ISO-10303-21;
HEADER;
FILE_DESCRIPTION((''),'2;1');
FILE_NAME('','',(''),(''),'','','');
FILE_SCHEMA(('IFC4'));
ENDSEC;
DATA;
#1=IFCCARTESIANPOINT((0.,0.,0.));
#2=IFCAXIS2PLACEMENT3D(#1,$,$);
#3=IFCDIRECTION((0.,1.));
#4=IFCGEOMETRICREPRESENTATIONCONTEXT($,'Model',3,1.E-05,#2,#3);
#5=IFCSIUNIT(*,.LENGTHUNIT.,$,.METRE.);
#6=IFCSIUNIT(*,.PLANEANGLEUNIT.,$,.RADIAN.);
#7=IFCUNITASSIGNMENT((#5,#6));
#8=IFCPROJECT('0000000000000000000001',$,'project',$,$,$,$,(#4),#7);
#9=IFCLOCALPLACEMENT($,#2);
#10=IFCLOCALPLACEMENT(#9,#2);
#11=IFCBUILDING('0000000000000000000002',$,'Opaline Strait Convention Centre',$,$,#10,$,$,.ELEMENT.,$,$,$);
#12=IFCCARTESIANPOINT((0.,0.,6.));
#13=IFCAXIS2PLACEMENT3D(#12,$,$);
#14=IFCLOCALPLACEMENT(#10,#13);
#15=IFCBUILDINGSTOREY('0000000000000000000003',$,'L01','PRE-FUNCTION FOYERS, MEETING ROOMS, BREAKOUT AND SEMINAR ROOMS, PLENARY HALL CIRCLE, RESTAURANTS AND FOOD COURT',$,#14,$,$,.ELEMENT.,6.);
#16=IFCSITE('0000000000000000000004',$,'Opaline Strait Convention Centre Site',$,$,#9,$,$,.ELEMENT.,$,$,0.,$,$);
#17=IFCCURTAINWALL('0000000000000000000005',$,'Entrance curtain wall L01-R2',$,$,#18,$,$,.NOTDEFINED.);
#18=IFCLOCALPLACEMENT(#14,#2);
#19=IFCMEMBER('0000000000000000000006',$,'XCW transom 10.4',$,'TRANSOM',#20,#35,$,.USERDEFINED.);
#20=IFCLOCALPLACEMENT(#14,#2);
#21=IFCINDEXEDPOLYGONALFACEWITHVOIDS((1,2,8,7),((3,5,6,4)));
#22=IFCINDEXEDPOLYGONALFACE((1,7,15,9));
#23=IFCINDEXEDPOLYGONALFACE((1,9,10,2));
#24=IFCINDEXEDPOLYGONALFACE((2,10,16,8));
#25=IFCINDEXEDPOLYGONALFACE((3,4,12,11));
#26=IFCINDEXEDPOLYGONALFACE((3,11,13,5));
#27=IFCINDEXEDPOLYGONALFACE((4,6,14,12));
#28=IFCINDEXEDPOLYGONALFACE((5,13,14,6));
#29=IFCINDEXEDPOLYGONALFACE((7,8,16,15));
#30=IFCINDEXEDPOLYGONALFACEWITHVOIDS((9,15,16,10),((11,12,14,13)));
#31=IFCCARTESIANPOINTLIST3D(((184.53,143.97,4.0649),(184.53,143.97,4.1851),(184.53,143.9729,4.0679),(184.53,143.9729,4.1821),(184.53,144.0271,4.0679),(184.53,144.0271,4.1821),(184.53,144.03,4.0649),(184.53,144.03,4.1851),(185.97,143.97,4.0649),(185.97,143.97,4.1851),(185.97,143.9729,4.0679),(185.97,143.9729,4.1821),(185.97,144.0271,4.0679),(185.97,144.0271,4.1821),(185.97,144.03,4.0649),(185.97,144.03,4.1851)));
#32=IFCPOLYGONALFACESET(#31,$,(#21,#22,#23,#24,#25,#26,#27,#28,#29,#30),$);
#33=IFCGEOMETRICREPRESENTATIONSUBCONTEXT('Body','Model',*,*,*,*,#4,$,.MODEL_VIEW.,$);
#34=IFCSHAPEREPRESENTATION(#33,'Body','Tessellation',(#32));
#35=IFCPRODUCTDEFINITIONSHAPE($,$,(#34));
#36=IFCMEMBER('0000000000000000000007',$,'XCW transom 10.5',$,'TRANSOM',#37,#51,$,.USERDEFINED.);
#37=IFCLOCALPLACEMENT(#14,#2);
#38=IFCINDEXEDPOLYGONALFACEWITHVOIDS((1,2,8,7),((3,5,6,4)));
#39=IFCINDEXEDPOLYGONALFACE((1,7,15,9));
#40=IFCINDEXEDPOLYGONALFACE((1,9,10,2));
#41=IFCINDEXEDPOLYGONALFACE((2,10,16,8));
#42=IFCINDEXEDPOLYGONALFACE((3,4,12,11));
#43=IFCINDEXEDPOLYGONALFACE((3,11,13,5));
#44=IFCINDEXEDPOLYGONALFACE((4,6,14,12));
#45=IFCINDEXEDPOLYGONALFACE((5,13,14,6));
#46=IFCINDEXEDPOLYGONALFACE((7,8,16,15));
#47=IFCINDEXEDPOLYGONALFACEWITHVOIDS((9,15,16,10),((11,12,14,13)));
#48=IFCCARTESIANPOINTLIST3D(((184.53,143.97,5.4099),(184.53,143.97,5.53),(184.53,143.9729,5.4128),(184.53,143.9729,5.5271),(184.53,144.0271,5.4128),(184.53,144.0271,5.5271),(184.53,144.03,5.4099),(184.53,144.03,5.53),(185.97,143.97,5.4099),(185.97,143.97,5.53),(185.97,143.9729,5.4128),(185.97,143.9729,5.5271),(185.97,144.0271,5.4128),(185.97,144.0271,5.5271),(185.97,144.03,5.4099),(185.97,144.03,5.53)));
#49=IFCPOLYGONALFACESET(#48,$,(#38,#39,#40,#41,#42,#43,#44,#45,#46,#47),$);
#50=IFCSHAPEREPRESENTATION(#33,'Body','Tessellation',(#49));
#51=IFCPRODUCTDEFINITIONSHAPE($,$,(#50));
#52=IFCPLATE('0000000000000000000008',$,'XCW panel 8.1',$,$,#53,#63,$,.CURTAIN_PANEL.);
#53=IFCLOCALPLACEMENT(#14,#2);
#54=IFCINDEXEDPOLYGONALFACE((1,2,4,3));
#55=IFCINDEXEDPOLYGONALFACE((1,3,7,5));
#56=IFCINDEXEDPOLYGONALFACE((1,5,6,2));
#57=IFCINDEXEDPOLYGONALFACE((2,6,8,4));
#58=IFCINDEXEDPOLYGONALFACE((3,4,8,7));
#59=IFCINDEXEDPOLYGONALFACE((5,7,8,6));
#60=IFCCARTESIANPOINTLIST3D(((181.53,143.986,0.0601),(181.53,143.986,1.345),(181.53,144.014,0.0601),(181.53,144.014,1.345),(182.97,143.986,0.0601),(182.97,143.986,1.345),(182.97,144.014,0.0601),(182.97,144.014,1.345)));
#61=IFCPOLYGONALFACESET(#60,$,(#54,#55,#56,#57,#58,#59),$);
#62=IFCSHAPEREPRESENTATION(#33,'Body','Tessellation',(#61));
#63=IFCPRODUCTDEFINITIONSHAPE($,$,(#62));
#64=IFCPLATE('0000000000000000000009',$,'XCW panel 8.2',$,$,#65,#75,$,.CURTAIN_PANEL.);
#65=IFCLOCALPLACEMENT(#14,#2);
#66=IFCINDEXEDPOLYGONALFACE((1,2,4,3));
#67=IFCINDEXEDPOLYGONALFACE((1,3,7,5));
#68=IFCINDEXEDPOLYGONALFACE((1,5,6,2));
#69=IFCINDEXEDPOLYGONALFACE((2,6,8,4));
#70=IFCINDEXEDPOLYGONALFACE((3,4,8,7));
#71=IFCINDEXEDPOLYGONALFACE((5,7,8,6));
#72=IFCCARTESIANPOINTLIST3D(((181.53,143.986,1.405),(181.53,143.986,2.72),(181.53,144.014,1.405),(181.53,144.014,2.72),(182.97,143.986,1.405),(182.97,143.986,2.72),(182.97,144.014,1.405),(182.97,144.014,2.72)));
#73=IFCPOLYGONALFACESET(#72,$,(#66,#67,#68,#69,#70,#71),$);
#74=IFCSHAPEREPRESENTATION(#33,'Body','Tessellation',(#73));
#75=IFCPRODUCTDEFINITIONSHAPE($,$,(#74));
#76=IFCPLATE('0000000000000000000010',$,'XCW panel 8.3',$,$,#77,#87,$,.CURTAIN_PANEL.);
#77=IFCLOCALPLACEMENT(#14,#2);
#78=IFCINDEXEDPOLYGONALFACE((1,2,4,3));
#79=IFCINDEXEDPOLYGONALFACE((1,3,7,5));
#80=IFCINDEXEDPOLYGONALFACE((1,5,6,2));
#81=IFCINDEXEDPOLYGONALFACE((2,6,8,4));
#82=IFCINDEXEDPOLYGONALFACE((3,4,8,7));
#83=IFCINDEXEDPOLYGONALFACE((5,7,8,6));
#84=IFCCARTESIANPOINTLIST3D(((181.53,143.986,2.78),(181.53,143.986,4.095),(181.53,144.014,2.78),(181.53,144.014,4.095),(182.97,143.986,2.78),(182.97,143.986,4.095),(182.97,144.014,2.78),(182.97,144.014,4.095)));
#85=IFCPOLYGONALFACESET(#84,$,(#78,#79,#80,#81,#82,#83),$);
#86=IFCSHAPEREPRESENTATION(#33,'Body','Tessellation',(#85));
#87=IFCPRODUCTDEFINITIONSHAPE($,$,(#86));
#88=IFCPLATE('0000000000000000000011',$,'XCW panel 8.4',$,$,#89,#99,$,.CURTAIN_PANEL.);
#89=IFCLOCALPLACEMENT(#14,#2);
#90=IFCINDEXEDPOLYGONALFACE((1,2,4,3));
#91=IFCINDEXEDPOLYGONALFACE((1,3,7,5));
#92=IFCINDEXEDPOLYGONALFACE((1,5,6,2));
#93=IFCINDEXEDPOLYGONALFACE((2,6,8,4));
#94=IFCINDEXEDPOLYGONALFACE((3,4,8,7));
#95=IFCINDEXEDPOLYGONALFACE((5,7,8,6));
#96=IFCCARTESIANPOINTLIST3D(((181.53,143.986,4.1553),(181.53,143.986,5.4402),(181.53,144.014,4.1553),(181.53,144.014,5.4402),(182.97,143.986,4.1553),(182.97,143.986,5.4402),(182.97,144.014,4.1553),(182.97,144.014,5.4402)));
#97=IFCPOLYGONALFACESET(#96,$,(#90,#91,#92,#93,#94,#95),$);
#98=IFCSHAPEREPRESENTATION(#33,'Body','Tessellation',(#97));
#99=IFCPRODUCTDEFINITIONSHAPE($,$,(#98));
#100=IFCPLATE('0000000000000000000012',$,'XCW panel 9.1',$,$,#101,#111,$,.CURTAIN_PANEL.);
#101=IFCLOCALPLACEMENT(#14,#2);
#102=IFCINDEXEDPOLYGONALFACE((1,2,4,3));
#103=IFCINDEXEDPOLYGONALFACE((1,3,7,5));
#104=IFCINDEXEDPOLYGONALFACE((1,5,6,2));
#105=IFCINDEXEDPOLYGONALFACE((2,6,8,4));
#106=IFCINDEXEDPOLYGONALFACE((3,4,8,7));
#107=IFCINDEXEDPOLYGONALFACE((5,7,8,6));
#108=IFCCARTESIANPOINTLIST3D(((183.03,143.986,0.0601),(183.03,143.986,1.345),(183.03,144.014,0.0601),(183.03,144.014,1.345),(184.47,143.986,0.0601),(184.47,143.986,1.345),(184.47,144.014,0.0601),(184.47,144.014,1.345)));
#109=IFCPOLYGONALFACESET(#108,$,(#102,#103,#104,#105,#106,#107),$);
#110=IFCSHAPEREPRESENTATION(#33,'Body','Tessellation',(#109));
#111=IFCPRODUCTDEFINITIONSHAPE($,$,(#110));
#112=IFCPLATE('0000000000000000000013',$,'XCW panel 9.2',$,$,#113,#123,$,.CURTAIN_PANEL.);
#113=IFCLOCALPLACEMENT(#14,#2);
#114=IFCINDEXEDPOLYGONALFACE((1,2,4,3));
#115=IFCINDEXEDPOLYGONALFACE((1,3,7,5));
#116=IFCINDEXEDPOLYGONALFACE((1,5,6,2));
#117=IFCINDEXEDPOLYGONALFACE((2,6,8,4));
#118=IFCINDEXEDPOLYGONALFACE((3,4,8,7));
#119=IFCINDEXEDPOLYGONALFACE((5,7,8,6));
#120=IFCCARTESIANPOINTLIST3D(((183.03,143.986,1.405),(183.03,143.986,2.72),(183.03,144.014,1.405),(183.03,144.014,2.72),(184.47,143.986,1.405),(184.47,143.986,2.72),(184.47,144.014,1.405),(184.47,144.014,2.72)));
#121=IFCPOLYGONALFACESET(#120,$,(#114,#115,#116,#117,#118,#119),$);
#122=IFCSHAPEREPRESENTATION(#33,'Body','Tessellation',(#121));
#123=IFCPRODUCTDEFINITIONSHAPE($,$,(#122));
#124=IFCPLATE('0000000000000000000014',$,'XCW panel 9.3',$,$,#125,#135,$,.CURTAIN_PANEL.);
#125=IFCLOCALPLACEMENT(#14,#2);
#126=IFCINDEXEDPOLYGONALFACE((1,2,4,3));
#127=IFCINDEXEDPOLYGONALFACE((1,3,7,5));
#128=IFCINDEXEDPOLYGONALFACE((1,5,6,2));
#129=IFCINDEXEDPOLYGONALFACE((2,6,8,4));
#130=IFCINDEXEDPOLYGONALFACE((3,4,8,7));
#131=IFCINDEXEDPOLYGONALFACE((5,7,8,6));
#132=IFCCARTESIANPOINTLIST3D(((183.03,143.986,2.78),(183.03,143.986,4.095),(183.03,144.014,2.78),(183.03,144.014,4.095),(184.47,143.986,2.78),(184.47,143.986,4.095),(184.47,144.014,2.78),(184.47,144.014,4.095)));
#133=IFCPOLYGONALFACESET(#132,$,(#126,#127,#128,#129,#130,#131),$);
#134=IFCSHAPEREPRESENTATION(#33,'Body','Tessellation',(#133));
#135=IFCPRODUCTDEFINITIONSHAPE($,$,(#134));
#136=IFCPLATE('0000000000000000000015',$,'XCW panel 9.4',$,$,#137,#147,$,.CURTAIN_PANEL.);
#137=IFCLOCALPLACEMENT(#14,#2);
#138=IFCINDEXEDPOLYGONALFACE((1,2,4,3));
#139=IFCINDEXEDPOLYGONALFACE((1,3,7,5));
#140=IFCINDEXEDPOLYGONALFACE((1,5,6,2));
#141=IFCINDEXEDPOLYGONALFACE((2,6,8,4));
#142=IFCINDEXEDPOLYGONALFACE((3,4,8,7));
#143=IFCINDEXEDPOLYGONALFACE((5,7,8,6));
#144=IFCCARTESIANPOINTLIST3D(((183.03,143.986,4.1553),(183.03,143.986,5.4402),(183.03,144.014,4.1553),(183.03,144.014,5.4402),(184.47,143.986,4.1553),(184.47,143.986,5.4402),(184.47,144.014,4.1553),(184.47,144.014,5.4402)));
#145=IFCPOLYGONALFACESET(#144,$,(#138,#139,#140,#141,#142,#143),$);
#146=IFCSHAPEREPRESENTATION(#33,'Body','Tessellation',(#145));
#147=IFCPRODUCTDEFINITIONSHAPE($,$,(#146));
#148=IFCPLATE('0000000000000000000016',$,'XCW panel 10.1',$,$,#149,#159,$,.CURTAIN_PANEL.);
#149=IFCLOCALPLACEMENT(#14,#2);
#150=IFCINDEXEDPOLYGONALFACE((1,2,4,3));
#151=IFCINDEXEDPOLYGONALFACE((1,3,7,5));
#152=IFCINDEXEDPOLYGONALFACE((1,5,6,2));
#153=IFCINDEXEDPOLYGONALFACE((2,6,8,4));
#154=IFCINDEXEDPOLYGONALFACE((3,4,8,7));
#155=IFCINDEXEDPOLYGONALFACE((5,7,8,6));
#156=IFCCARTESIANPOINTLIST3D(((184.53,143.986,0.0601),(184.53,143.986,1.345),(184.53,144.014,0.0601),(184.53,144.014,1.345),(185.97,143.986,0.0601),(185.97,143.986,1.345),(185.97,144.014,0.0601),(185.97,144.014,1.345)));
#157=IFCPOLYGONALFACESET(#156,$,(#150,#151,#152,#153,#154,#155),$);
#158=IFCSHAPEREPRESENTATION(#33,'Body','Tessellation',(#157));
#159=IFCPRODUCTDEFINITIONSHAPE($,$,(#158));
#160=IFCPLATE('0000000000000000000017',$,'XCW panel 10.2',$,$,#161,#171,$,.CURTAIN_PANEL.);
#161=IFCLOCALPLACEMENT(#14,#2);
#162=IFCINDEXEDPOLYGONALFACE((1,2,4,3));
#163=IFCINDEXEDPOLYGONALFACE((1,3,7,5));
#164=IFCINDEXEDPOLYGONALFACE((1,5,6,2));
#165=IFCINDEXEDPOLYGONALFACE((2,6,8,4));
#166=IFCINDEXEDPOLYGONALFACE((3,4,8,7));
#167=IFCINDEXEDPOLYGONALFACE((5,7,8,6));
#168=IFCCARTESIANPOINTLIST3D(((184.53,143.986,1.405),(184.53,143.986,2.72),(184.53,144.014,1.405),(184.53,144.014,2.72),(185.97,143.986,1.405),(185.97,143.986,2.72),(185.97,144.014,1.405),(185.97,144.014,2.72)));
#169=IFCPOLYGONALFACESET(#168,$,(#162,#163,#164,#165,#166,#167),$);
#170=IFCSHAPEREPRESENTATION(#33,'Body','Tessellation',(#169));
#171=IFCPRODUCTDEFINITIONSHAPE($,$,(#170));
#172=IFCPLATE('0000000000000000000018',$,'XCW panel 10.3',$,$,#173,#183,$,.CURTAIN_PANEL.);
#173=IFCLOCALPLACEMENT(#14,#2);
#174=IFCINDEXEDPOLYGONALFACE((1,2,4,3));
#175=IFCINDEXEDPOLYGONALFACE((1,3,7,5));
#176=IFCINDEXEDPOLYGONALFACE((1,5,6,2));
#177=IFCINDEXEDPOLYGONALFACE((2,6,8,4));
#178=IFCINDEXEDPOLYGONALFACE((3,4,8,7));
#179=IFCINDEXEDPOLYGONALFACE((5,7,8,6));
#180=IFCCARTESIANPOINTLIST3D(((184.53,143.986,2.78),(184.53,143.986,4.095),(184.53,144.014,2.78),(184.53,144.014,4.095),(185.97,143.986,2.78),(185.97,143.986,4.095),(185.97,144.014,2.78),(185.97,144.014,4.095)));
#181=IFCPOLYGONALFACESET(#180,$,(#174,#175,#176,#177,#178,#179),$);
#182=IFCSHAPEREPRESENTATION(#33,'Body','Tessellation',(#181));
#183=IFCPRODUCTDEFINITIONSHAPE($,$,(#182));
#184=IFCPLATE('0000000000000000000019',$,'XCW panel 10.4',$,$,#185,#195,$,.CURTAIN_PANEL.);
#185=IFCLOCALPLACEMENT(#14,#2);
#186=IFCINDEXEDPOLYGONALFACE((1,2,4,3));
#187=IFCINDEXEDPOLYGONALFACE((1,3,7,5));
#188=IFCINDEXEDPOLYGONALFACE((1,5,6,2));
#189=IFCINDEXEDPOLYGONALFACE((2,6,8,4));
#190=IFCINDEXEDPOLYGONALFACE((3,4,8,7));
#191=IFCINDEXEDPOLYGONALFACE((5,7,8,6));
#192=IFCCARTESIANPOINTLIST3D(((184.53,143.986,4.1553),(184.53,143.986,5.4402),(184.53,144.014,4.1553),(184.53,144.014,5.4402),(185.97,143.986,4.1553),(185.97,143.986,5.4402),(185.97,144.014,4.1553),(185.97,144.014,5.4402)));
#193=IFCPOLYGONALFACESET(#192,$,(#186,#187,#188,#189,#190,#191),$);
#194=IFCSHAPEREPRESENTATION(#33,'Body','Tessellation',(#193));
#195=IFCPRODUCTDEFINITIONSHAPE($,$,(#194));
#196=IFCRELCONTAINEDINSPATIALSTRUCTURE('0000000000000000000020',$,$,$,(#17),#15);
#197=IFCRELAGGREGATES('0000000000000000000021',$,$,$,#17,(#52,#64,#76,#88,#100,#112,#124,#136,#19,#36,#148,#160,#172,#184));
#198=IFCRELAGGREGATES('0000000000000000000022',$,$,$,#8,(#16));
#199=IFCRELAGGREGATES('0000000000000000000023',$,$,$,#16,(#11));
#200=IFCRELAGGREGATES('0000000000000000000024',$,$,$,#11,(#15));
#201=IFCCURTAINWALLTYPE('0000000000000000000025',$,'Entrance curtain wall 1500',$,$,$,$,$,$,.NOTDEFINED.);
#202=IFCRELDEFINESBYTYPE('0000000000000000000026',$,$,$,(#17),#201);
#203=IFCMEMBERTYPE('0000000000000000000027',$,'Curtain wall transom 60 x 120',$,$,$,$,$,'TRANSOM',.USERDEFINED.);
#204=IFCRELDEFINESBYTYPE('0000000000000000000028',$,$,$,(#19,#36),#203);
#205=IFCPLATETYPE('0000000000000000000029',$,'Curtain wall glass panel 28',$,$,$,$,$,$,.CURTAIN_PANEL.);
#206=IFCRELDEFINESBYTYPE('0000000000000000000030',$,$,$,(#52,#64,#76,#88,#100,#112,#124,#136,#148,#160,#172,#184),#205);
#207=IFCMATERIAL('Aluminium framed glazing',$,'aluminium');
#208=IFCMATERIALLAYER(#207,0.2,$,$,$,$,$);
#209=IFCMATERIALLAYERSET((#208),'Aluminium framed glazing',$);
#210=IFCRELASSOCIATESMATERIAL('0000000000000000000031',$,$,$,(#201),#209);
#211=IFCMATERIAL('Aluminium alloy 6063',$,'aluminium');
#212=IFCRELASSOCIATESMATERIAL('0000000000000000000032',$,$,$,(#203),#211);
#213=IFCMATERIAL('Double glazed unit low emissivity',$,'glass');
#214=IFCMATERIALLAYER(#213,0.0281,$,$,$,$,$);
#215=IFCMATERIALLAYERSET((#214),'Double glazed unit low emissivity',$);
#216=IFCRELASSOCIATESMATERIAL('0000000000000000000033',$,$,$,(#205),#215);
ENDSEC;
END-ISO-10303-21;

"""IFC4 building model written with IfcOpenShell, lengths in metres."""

from ifc_helpers import new_model, si_unit, direction, frame, origin, origin_2d, place, context, subcontext, project, spatial, rectangle, hollow_rectangle, extrude, material, layer, layer_set, material_profile, profile_set, type_object, element, aggregate, save


model = new_model("IFC4")

# Units and contexts
model_context = context("Model", 3, precision=1e-05, world=origin(), true_north=direction((0.0, 1.0)))
body_context = subcontext(model_context, "Body", "Model", "MODEL_VIEW")
ifc_project = project(units=[si_unit("LENGTHUNIT", "METRE"), si_unit("PLANEANGLEUNIT", "RADIAN")], contexts=[model_context])

# Site, building, storey
site_placement = place(None, origin())
site = spatial("IfcSite", under=ifc_project, at=site_placement, Name="Opaline Strait Convention Centre Site", CompositionType="ELEMENT", RefElevation=0.0)
building_placement = place(site_placement, origin())
building = spatial("IfcBuilding", under=site, at=building_placement, Name="Opaline Strait Convention Centre", CompositionType="ELEMENT")
storey_placement = place(building_placement, frame((0.0, 0.0, 6.0)))
storey = spatial("IfcBuildingStorey", under=building, at=storey_placement, Name="L01", Description="PRE-FUNCTION FOYERS, MEETING ROOMS, BREAKOUT AND SEMINAR ROOMS, PLENARY HALL CIRCLE, RESTAURANTS AND FOOD COURT", CompositionType="ELEMENT", Elevation=6.0)

# Curtain wall, members, plates
ifc_material_1 = material(Name="Aluminium framed glazing", Category="aluminium")
ifc_layer_1 = layer(ifc_material_1, 0.2)
ifc_layer_set_1 = layer_set([ifc_layer_1], Name="Aluminium framed glazing")
curtain_wall_type = type_object("IfcCurtainWallType", Name="Entrance curtain wall 1500", PredefinedType="NOTDEFINED", material=ifc_layer_set_1)
curtain_wall_placement = place(storey_placement, origin())
curtain_wall = element("IfcCurtainWall", 1, at=curtain_wall_placement, inside=storey, type_object=curtain_wall_type, Name="Entrance curtain wall L01-R2", PredefinedType="NOTDEFINED")
ifc_material_2 = material(Name="Aluminium alloy 6063", Category="aluminium")
ifc_material_profile_1 = material_profile(ifc_material_2, hollow_rectangle(XDim=0.0601, YDim=0.1201, WallThickness=0.0029, at=origin_2d()), Name="TRANSOM 60x120x3")
ifc_profile_set_1 = profile_set([ifc_material_profile_1], Name="Aluminium alloy 6063")
member_type_1 = type_object("IfcMemberType", Name="Curtain wall transom 60 x 120", ElementType="TRANSOM", PredefinedType="USERDEFINED", material=ifc_profile_set_1)
member_1_placement = place(storey_placement, frame((184.53, 144.0, 4.125), z_axis=(1.0, 0.0, 0.0), x_axis=(0.0, 1.0, 0.0)))
member_1 = element("IfcMember", 2, at=member_1_placement, type_object=member_type_1, Name="XCW transom 10.4", ObjectType="TRANSOM", PredefinedType="USERDEFINED", context=body_context, shape_type="SweptSolid", body=[
    extrude(hollow_rectangle(XDim=0.0601, YDim=0.1201, WallThickness=0.0029, at=origin_2d()), origin(), (0.0, 0.0, 1.0), 1.4399),
])
member_2_placement = place(storey_placement, frame((184.53, 144.0, 5.47), z_axis=(1.0, 0.0, 0.0), x_axis=(0.0, 1.0, 0.0)))
member_2 = element("IfcMember", 3, at=member_2_placement, type_object=member_type_1, Name="XCW transom 10.5", ObjectType="TRANSOM", PredefinedType="USERDEFINED", context=body_context, shape_type="SweptSolid", body=[
    extrude(hollow_rectangle(XDim=0.0601, YDim=0.1201, WallThickness=0.0029, at=origin_2d()), origin(), (0.0, 0.0, 1.0), 1.4399),
])
ifc_material_3 = material(Name="Double glazed unit low emissivity", Category="glass")
ifc_layer_2 = layer(ifc_material_3, 0.0281)
ifc_layer_set_2 = layer_set([ifc_layer_2], Name="Double glazed unit low emissivity")
plate_type = type_object("IfcPlateType", Name="Curtain wall glass panel 28", PredefinedType="CURTAIN_PANEL", material=ifc_layer_set_2)
plate_1_placement = place(storey_placement, frame((182.25, 144.0, 0.0601), z_axis=(0.0, 0.0, 1.0), x_axis=(1.0, 0.0, 0.0)))
plate_1 = element("IfcPlate", 4, at=plate_1_placement, type_object=plate_type, Name="XCW panel 8.1", PredefinedType="CURTAIN_PANEL", context=body_context, shape_type="SweptSolid", body=[
    extrude(rectangle(XDim=1.4399, YDim=0.0281, at=origin_2d()), origin(), (0.0, 0.0, 1.0), 1.2849),
])
plate_2_placement = place(storey_placement, frame((182.25, 144.0, 1.405), z_axis=(0.0, 0.0, 1.0), x_axis=(1.0, 0.0, 0.0)))
plate_2 = element("IfcPlate", 5, at=plate_2_placement, type_object=plate_type, Name="XCW panel 8.2", PredefinedType="CURTAIN_PANEL", context=body_context, shape_type="SweptSolid", body=[
    extrude(rectangle(XDim=1.4399, YDim=0.0281, at=origin_2d()), origin(), (0.0, 0.0, 1.0), 1.3149),
])
plate_3_placement = place(storey_placement, frame((182.25, 144.0, 2.78), z_axis=(0.0, 0.0, 1.0), x_axis=(1.0, 0.0, 0.0)))
plate_3 = element("IfcPlate", 6, at=plate_3_placement, type_object=plate_type, Name="XCW panel 8.3", PredefinedType="CURTAIN_PANEL", context=body_context, shape_type="SweptSolid", body=[
    extrude(rectangle(XDim=1.4399, YDim=0.0281, at=origin_2d()), origin(), (0.0, 0.0, 1.0), 1.3149),
])
plate_4_placement = place(storey_placement, frame((182.25, 144.0, 4.1553), z_axis=(0.0, 0.0, 1.0), x_axis=(1.0, 0.0, 0.0)))
plate_4 = element("IfcPlate", 7, at=plate_4_placement, type_object=plate_type, Name="XCW panel 8.4", PredefinedType="CURTAIN_PANEL", context=body_context, shape_type="SweptSolid", body=[
    extrude(rectangle(XDim=1.4399, YDim=0.0281, at=origin_2d()), origin(), (0.0, 0.0, 1.0), 1.2849),
])
plate_5_placement = place(storey_placement, frame((183.75, 144.0, 0.0601), z_axis=(0.0, 0.0, 1.0), x_axis=(1.0, 0.0, 0.0)))
plate_5 = element("IfcPlate", 8, at=plate_5_placement, type_object=plate_type, Name="XCW panel 9.1", PredefinedType="CURTAIN_PANEL", context=body_context, shape_type="SweptSolid", body=[
    extrude(rectangle(XDim=1.4399, YDim=0.0281, at=origin_2d()), origin(), (0.0, 0.0, 1.0), 1.2849),
])
plate_6_placement = place(storey_placement, frame((183.75, 144.0, 1.405), z_axis=(0.0, 0.0, 1.0), x_axis=(1.0, 0.0, 0.0)))
plate_6 = element("IfcPlate", 9, at=plate_6_placement, type_object=plate_type, Name="XCW panel 9.2", PredefinedType="CURTAIN_PANEL", context=body_context, shape_type="SweptSolid", body=[
    extrude(rectangle(XDim=1.4399, YDim=0.0281, at=origin_2d()), origin(), (0.0, 0.0, 1.0), 1.3149),
])
plate_7_placement = place(storey_placement, frame((183.75, 144.0, 2.78), z_axis=(0.0, 0.0, 1.0), x_axis=(1.0, 0.0, 0.0)))
plate_7 = element("IfcPlate", 10, at=plate_7_placement, type_object=plate_type, Name="XCW panel 9.3", PredefinedType="CURTAIN_PANEL", context=body_context, shape_type="SweptSolid", body=[
    extrude(rectangle(XDim=1.4399, YDim=0.0281, at=origin_2d()), origin(), (0.0, 0.0, 1.0), 1.3149),
])
plate_8_placement = place(storey_placement, frame((183.75, 144.0, 4.1553), z_axis=(0.0, 0.0, 1.0), x_axis=(1.0, 0.0, 0.0)))
plate_8 = element("IfcPlate", 11, at=plate_8_placement, type_object=plate_type, Name="XCW panel 9.4", PredefinedType="CURTAIN_PANEL", context=body_context, shape_type="SweptSolid", body=[
    extrude(rectangle(XDim=1.4399, YDim=0.0281, at=origin_2d()), origin(), (0.0, 0.0, 1.0), 1.2849),
])
plate_9_placement = place(storey_placement, frame((185.25, 144.0, 0.0601), z_axis=(0.0, 0.0, 1.0), x_axis=(1.0, 0.0, 0.0)))
plate_9 = element("IfcPlate", 12, at=plate_9_placement, type_object=plate_type, Name="XCW panel 10.1", PredefinedType="CURTAIN_PANEL", context=body_context, shape_type="SweptSolid", body=[
    extrude(rectangle(XDim=1.4399, YDim=0.0281, at=origin_2d()), origin(), (0.0, 0.0, 1.0), 1.2849),
])
plate_10_placement = place(storey_placement, frame((185.25, 144.0, 1.405), z_axis=(0.0, 0.0, 1.0), x_axis=(1.0, 0.0, 0.0)))
plate_10 = element("IfcPlate", 13, at=plate_10_placement, type_object=plate_type, Name="XCW panel 10.2", PredefinedType="CURTAIN_PANEL", context=body_context, shape_type="SweptSolid", body=[
    extrude(rectangle(XDim=1.4399, YDim=0.0281, at=origin_2d()), origin(), (0.0, 0.0, 1.0), 1.3149),
])
plate_11_placement = place(storey_placement, frame((185.25, 144.0, 2.78), z_axis=(0.0, 0.0, 1.0), x_axis=(1.0, 0.0, 0.0)))
plate_11 = element("IfcPlate", 14, at=plate_11_placement, type_object=plate_type, Name="XCW panel 10.3", PredefinedType="CURTAIN_PANEL", context=body_context, shape_type="SweptSolid", body=[
    extrude(rectangle(XDim=1.4399, YDim=0.0281, at=origin_2d()), origin(), (0.0, 0.0, 1.0), 1.3149),
])
plate_12_placement = place(storey_placement, frame((185.25, 144.0, 4.1553), z_axis=(0.0, 0.0, 1.0), x_axis=(1.0, 0.0, 0.0)))
plate_12 = element("IfcPlate", 15, at=plate_12_placement, type_object=plate_type, Name="XCW panel 10.4", PredefinedType="CURTAIN_PANEL", context=body_context, shape_type="SweptSolid", body=[
    extrude(rectangle(XDim=1.4399, YDim=0.0281, at=origin_2d()), origin(), (0.0, 0.0, 1.0), 1.2849),
])
aggregate(curtain_wall, [plate_1, plate_2, plate_3, plate_4, plate_5, plate_6, plate_7, plate_8, member_1, member_2, plate_9, plate_10, plate_11, plate_12])

save(model, "model.ifc")
